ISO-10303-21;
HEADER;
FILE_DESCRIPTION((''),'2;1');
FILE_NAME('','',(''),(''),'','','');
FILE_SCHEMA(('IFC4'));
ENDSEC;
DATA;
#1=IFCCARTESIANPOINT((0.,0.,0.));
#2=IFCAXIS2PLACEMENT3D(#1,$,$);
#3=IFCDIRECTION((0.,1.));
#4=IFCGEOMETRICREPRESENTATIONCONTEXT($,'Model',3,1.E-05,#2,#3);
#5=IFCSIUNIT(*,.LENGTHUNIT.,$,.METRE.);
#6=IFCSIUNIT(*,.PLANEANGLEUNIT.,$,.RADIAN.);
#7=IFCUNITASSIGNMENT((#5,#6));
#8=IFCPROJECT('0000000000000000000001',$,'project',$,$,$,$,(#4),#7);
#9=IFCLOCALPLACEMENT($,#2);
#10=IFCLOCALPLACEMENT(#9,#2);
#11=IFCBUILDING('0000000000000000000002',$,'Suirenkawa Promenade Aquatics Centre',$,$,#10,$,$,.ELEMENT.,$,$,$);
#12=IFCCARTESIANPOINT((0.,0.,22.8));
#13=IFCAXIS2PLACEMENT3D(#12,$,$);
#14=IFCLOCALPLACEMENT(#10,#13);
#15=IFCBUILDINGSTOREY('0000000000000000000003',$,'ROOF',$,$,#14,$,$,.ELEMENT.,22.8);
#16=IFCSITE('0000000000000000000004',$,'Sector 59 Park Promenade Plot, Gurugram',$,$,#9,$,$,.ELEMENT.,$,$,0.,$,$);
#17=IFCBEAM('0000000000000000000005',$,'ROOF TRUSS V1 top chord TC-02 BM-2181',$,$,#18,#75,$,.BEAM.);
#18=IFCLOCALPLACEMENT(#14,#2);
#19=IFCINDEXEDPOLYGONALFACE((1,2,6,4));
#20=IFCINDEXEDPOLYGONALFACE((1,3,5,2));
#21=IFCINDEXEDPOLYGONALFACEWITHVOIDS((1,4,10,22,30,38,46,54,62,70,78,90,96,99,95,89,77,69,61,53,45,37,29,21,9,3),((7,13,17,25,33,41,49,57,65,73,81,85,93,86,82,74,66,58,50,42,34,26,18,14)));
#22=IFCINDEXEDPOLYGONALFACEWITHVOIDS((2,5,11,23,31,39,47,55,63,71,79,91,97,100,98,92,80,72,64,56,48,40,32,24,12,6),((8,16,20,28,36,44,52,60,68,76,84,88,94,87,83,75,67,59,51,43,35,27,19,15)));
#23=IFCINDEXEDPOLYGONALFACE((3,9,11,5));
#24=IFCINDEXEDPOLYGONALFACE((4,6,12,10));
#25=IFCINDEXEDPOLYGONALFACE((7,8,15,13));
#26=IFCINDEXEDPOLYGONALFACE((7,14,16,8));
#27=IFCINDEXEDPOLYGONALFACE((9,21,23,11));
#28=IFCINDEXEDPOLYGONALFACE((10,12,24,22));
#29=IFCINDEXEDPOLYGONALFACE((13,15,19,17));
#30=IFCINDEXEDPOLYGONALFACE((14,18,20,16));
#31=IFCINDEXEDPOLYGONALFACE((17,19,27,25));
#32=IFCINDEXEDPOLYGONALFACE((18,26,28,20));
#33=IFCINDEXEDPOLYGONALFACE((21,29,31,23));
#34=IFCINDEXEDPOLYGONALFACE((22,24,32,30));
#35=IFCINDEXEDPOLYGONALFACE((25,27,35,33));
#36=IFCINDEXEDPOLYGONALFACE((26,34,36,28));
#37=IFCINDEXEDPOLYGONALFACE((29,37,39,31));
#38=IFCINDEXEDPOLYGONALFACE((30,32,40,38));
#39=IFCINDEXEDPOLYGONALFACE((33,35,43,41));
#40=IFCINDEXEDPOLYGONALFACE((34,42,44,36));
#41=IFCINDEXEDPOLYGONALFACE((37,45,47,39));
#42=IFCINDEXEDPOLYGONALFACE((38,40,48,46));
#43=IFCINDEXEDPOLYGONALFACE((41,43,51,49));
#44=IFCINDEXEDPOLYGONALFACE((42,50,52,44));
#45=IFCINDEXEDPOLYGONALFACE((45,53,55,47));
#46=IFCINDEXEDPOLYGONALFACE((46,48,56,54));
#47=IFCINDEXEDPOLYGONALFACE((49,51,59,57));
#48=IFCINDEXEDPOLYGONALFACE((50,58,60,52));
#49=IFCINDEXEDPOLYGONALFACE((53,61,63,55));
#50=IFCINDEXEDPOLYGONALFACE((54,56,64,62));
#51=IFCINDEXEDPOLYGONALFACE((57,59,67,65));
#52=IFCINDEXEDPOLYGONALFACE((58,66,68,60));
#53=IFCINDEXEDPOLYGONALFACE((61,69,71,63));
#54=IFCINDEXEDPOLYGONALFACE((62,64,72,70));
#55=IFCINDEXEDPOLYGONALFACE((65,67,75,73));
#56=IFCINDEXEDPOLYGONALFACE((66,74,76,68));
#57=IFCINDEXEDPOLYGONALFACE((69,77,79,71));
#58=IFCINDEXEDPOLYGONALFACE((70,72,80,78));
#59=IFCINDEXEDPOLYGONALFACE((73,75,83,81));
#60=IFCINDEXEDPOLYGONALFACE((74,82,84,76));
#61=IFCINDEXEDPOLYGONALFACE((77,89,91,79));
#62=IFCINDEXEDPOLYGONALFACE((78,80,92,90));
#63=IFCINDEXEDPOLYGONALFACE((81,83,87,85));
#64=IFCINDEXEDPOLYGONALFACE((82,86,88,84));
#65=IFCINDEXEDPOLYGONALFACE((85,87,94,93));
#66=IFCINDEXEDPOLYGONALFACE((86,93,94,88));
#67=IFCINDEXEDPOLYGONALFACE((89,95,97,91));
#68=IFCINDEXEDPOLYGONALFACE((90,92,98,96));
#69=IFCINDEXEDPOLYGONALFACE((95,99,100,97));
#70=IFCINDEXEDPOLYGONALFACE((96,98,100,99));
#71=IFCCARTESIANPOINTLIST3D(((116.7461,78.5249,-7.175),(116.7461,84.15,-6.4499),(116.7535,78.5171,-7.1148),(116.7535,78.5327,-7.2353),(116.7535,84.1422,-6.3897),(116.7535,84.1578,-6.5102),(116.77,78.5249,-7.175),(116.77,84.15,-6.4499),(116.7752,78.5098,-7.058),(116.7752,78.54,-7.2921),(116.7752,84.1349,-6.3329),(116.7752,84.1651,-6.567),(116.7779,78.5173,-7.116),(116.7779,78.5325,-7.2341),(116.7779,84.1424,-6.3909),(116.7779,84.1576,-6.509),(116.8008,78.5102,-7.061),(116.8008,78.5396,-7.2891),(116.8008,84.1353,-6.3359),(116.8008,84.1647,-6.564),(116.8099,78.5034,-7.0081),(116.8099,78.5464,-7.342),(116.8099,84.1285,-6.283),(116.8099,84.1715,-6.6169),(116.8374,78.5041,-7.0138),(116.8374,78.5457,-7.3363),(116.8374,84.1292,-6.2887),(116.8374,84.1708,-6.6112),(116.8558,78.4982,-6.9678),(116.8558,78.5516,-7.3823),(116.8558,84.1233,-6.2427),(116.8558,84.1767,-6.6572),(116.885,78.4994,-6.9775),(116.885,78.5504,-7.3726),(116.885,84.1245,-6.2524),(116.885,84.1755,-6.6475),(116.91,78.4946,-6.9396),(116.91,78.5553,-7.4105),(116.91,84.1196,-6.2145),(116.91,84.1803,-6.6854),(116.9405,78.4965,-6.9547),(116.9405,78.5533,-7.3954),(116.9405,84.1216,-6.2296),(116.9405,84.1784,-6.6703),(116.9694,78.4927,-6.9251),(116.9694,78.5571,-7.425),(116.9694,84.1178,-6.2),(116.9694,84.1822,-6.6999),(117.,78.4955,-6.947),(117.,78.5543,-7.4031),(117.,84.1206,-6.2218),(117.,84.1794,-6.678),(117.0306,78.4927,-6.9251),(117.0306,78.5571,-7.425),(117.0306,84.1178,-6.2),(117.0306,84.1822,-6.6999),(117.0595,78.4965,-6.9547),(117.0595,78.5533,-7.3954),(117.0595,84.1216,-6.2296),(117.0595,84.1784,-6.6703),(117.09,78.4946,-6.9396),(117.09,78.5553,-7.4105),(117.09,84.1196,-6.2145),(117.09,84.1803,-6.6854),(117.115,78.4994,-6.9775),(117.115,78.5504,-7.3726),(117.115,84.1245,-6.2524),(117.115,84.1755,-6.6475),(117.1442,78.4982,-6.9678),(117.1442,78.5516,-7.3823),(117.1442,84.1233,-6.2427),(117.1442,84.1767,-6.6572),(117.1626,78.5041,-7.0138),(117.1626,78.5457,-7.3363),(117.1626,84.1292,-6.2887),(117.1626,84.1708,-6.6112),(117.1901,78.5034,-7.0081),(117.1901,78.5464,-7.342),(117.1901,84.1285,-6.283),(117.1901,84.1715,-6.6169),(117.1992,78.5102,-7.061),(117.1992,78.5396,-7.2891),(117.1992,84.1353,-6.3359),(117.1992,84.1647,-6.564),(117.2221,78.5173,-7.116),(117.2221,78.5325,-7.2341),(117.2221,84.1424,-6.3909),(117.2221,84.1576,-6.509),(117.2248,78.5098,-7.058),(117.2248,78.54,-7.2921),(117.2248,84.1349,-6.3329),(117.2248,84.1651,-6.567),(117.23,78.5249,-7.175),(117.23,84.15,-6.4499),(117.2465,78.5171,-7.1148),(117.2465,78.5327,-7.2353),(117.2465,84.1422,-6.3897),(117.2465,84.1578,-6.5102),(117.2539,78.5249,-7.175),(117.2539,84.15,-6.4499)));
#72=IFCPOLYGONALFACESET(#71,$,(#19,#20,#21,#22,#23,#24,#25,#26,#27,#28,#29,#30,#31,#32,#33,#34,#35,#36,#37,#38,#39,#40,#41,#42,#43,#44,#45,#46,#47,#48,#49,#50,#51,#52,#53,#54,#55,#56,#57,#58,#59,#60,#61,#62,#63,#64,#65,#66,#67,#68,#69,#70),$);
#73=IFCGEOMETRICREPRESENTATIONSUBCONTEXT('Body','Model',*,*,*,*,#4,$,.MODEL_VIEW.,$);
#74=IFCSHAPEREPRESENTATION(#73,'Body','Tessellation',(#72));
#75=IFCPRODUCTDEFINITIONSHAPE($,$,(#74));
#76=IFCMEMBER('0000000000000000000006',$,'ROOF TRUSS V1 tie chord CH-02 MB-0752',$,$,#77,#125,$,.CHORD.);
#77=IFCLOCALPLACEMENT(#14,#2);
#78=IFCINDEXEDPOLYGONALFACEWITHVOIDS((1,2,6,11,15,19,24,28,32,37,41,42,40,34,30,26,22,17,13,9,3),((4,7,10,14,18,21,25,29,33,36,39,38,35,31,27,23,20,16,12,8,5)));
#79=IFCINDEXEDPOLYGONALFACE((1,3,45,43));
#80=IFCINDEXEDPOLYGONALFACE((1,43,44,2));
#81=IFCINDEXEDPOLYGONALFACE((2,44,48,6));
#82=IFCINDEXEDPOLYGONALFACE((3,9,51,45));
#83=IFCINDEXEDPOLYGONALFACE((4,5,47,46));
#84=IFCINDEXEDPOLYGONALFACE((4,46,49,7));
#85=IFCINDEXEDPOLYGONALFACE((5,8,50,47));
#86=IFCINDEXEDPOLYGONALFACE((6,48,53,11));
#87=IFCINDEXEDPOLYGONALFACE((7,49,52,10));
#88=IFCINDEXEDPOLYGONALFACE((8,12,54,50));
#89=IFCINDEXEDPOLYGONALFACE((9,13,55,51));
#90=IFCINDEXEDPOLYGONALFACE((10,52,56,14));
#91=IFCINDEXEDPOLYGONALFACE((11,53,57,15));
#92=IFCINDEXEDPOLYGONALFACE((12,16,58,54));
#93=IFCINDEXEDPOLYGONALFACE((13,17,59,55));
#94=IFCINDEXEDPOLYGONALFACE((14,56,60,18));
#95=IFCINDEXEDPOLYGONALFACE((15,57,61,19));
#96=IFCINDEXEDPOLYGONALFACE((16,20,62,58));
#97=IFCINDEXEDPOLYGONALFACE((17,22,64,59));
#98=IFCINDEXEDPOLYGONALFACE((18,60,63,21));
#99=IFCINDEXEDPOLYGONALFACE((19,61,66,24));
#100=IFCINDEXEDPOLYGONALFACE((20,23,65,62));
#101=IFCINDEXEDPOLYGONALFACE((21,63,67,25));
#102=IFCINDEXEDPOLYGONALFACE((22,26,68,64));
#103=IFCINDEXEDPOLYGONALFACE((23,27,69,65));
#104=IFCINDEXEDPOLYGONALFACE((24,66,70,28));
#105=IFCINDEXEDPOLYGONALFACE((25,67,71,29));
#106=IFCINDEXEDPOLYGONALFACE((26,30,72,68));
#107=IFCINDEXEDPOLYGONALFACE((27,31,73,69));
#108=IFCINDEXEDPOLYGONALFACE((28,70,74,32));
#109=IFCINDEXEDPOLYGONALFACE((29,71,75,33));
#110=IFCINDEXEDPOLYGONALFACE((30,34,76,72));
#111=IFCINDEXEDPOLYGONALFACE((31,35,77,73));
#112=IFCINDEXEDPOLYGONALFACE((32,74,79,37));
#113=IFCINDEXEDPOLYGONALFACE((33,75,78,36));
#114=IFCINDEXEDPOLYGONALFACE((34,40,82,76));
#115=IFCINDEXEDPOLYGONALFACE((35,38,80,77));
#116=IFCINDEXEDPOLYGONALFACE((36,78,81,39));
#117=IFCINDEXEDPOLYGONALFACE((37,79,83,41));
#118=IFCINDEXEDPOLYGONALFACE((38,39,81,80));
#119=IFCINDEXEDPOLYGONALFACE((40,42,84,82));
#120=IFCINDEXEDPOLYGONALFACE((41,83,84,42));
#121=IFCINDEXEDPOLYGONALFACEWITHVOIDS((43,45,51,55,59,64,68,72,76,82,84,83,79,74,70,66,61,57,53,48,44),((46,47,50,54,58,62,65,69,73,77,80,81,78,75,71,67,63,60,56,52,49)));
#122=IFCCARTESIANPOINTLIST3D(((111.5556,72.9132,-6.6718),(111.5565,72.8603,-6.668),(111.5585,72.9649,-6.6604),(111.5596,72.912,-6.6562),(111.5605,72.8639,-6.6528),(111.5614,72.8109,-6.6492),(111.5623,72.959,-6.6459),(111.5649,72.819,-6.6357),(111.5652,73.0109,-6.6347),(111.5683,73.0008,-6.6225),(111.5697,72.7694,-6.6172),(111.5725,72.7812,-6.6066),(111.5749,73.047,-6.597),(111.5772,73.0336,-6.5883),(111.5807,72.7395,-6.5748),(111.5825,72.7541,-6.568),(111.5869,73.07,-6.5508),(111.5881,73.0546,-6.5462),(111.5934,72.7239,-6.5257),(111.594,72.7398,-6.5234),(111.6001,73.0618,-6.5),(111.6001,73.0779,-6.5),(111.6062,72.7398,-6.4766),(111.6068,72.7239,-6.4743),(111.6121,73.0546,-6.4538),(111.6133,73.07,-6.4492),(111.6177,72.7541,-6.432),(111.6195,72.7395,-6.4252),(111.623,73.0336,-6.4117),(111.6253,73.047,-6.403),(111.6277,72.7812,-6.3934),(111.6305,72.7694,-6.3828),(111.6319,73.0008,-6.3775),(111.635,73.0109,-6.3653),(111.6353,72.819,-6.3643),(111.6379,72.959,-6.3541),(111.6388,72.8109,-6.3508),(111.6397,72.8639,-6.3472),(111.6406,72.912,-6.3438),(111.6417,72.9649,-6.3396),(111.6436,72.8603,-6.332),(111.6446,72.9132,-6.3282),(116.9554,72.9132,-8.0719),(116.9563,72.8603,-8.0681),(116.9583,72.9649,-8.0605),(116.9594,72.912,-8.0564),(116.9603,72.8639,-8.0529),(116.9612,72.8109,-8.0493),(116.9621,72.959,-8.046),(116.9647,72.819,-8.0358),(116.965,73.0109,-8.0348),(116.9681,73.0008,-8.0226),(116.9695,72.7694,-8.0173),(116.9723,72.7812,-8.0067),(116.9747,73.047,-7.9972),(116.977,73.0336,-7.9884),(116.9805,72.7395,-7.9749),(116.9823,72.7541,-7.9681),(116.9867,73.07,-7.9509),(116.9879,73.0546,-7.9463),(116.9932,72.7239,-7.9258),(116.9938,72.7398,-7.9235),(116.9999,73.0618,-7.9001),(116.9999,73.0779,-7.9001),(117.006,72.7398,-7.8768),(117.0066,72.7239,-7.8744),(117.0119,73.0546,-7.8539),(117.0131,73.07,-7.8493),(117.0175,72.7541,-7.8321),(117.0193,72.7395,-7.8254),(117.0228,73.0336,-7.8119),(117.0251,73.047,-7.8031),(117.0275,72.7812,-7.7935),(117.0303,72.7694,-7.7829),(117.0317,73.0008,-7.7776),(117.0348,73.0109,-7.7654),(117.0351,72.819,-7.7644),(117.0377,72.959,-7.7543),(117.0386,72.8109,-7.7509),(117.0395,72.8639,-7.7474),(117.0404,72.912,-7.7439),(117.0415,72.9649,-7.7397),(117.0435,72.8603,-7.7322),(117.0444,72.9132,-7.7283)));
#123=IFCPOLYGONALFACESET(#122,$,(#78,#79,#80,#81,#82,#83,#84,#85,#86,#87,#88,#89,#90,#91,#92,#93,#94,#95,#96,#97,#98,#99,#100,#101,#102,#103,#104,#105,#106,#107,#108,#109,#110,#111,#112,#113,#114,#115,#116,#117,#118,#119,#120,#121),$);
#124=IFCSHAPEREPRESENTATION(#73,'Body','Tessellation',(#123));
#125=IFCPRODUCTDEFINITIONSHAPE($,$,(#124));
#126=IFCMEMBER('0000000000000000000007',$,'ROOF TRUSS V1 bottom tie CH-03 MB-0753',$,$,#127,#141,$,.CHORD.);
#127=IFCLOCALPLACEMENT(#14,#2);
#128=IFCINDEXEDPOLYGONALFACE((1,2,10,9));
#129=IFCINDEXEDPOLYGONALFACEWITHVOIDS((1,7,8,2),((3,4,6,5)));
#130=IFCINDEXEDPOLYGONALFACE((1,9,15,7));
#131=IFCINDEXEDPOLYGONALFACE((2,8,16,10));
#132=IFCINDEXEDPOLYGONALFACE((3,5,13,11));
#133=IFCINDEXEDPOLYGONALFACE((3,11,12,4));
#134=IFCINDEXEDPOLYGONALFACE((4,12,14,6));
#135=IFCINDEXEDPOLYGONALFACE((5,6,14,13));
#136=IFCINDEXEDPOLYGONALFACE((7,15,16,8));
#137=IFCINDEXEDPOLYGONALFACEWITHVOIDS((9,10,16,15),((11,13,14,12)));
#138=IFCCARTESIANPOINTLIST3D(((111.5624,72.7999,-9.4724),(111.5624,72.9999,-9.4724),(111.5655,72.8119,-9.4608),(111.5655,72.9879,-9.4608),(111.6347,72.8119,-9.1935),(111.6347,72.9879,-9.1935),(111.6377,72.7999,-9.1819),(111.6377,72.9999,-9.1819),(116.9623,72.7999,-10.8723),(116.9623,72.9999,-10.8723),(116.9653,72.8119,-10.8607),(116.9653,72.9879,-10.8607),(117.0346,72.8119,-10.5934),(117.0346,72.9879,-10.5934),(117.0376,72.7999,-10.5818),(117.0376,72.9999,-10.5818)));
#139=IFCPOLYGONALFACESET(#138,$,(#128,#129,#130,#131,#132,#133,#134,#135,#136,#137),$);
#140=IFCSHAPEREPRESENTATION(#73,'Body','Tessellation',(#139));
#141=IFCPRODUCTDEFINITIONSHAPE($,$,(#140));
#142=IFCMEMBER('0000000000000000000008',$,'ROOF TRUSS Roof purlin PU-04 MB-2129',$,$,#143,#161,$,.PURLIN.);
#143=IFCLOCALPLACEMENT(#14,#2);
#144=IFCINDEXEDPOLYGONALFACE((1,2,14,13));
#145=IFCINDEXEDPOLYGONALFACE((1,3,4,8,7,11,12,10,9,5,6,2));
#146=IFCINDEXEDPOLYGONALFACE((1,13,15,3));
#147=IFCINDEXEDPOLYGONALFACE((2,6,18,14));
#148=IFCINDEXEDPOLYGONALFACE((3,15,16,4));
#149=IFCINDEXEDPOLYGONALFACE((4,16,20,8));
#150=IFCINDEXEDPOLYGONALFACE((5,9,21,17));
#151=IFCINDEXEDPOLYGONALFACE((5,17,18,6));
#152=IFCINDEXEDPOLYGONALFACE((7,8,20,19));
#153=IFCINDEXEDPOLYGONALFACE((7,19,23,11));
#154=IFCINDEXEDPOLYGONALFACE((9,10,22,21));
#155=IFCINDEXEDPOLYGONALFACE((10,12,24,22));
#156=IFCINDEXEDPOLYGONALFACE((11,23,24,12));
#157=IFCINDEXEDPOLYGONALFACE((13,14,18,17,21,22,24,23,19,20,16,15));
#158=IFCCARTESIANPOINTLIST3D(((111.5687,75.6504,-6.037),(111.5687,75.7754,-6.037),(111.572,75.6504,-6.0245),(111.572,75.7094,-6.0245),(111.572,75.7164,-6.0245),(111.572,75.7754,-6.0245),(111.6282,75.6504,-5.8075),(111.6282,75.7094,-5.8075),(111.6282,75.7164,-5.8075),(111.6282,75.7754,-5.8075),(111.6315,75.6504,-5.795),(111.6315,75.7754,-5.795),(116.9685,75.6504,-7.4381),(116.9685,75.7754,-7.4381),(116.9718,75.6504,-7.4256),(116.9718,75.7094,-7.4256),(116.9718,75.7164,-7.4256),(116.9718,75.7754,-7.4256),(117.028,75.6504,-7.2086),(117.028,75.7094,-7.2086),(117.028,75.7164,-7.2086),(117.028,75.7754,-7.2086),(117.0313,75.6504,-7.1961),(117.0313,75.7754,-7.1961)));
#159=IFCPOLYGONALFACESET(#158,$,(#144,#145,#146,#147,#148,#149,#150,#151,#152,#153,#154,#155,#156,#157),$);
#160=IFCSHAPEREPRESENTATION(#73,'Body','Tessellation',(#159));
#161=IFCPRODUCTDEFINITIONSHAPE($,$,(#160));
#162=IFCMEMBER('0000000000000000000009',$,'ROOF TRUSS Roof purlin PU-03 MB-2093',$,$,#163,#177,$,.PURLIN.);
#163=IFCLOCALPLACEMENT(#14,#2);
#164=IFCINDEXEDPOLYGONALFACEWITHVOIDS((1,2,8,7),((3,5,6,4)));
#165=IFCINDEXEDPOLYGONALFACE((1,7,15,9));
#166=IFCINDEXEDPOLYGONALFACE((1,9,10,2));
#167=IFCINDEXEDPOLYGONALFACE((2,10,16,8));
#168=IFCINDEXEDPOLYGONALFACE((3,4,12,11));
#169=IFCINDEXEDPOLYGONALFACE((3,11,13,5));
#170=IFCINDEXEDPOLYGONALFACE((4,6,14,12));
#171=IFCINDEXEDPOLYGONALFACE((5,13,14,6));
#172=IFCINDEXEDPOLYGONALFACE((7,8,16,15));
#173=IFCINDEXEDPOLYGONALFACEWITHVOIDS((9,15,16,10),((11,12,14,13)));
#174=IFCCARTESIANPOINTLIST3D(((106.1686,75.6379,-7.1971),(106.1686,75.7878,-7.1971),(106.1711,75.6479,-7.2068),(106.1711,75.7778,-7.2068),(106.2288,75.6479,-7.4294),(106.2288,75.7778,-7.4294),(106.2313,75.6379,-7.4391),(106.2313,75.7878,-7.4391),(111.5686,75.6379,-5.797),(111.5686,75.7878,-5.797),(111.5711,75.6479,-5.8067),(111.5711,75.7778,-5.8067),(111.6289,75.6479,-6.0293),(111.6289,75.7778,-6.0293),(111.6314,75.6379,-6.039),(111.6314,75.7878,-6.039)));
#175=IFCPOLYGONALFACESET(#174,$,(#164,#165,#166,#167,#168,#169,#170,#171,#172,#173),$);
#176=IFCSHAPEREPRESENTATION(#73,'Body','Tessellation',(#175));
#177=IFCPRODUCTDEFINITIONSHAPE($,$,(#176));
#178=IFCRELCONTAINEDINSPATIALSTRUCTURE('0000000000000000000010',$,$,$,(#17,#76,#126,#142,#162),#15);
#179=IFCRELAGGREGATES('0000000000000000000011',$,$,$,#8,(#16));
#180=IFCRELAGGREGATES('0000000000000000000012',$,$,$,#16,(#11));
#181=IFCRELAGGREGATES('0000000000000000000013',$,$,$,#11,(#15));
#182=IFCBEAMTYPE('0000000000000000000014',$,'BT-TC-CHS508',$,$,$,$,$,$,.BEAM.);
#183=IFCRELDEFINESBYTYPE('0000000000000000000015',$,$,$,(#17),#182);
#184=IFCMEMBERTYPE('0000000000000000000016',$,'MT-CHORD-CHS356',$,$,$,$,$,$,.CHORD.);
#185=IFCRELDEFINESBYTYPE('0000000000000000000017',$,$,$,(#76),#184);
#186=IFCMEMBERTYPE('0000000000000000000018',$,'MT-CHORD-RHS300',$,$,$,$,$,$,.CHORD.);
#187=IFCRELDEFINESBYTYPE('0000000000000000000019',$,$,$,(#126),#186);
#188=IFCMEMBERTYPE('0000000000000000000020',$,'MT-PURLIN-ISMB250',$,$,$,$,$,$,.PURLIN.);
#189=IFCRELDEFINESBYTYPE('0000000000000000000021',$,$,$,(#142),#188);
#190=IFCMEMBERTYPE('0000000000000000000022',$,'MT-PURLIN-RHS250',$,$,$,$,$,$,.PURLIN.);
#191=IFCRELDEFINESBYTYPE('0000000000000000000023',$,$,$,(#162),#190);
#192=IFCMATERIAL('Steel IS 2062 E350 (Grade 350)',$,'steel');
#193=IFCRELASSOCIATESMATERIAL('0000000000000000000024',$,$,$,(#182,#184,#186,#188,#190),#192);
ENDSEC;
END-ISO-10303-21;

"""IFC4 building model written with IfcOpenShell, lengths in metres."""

from ifc_helpers import new_model, si_unit, direction, frame, origin, origin_2d, place, context, subcontext, project, spatial, hollow_rectangle, hollow_circle, i_section, extrude, material, material_profile, profile_set, type_object, element, save


model = new_model("IFC4")

# Units and contexts
model_context = context("Model", 3, precision=1e-05, world=origin(), true_north=direction((0.0, 1.0)))
body_context = subcontext(model_context, "Body", "Model", "MODEL_VIEW")
ifc_project = project(units=[si_unit("LENGTHUNIT", "METRE"), si_unit("PLANEANGLEUNIT", "RADIAN")], contexts=[model_context])

# Site, building, storey
site_placement = place(None, origin())
site = spatial("IfcSite", under=ifc_project, at=site_placement, Name="Sector 59 Park Promenade Plot, Gurugram", CompositionType="ELEMENT", RefElevation=0.0)
building_placement = place(site_placement, origin())
building = spatial("IfcBuilding", under=site, at=building_placement, Name="Suirenkawa Promenade Aquatics Centre", CompositionType="ELEMENT")
storey_placement = place(building_placement, frame((0.0, 0.0, 22.8)))
storey = spatial("IfcBuildingStorey", under=building, at=storey_placement, Name="ROOF", CompositionType="ELEMENT", Elevation=22.8)

# Beam
ifc_material = material(Name="Steel IS 2062 E350 (Grade 350)", Category="steel")
ifc_material_profile_1 = material_profile(ifc_material, hollow_circle(Radius=0.2539, WallThickness=0.0239, at=origin_2d()), Name="CHS 508x24", Category="steel")
ifc_profile_set_1 = profile_set([ifc_material_profile_1], Name="Steel IS 2062 E350 (Grade 350)")
beam_type_1 = type_object("IfcBeamType", Name="BT-TC-CHS508", PredefinedType="BEAM", material=ifc_profile_set_1)
for number, where, z_axis, x_axis, name in (
    (1, (117.0, 78.5249, -7.175), (0.0, 0.991794, 0.127848), (-1.0, 0.0, 0.0), "ROOF TRUSS V1 top chord TC-02 BM-2181"),
):
    element("IfcBeam", number, at=place(storey_placement, frame(where, z_axis=z_axis, x_axis=x_axis)), inside=storey, type_object=beam_type_1, Name=name, PredefinedType="BEAM", context=body_context, shape_type="SweptSolid", body=[
        extrude(hollow_circle(Radius=0.2539, WallThickness=0.0239, at=origin_2d()), origin(), (0.0, 0.0, 1.0), 5.6716),
    ])

# Members
ifc_material_profile_2 = material_profile(ifc_material, hollow_circle(Radius=0.178, WallThickness=0.0161, at=origin_2d()), Name="CHS 356x16", Category="steel")
ifc_profile_set_2 = profile_set([ifc_material_profile_2], Name="Steel IS 2062 E350 (Grade 350)")
member_type_1 = type_object("IfcMemberType", Name="MT-CHORD-CHS356", PredefinedType="CHORD", material=ifc_profile_set_2)
member_1_placement = place(storey_placement, frame((111.6001, 72.8999, -6.5), z_axis=(0.967989, 0.0, -0.250991), x_axis=(0.0, 1.0, 0.0)))
element("IfcMember", 2, at=member_1_placement, inside=storey, type_object=member_type_1, Name="ROOF TRUSS V1 tie chord CH-02 MB-0752", PredefinedType="CHORD", context=body_context, shape_type="SweptSolid", body=[
    extrude(hollow_circle(Radius=0.178, WallThickness=0.0161, at=origin_2d()), origin(), (0.0, 0.0, 1.0), 5.5784),
])
ifc_material_profile_3 = material_profile(ifc_material, hollow_rectangle(XDim=0.2, YDim=0.3, WallThickness=0.012, at=origin_2d()), Name="RHS 300x200x12", Category="steel")
ifc_profile_set_3 = profile_set([ifc_material_profile_3], Name="Steel IS 2062 E350 (Grade 350)")
member_type_2 = type_object("IfcMemberType", Name="MT-CHORD-RHS300", PredefinedType="CHORD", material=ifc_profile_set_3)
member_2_placement = place(storey_placement, frame((111.6001, 72.8999, -9.3271), z_axis=(0.968, 0.0, -0.25095), x_axis=(0.0, 1.0, 0.0)))
element("IfcMember", 3, at=member_2_placement, inside=storey, type_object=member_type_2, Name="ROOF TRUSS V1 bottom tie CH-03 MB-0753", PredefinedType="CHORD", context=body_context, shape_type="SweptSolid", body=[
    extrude(hollow_rectangle(XDim=0.2, YDim=0.3, WallThickness=0.012, at=origin_2d()), origin(), (0.0, 0.0, 1.0), 5.5784),
])
ifc_material_profile_4 = material_profile(ifc_material, i_section(OverallWidth=0.125, OverallDepth=0.25, WebThickness=0.0071, FlangeThickness=0.0129, at=origin_2d()), Name="ISMB 250", Category="steel")
ifc_profile_set_4 = profile_set([ifc_material_profile_4], Name="Steel IS 2062 E350 (Grade 350)")
member_type_3 = type_object("IfcMemberType", Name="MT-PURLIN-ISMB250", PredefinedType="PURLIN", material=ifc_profile_set_4)
member_3_placement = place(storey_placement, frame((111.6001, 75.7129, -5.916), z_axis=(0.967947, 0.0, -0.251155), x_axis=(0.0, 1.0, 0.0)))
element("IfcMember", 4, at=member_3_placement, inside=storey, type_object=member_type_3, Name="ROOF TRUSS Roof purlin PU-04 MB-2129", PredefinedType="PURLIN", context=body_context, shape_type="SweptSolid", body=[
    extrude(i_section(OverallWidth=0.125, OverallDepth=0.25, WebThickness=0.0071, FlangeThickness=0.0129, at=origin_2d()), origin(), (0.0, 0.0, 1.0), 5.5786),
])
ifc_material_profile_5 = material_profile(ifc_material, hollow_rectangle(XDim=0.1499, YDim=0.25, WallThickness=0.01, at=origin_2d()), Name="RHS 250x150x10", Category="steel")
ifc_profile_set_5 = profile_set([ifc_material_profile_5], Name="Steel IS 2062 E350 (Grade 350)")
member_type_4 = type_object("IfcMemberType", Name="MT-PURLIN-RHS250", PredefinedType="PURLIN", material=ifc_profile_set_5)
member_4_placement = place(storey_placement, frame((106.2, 75.7129, -7.3181), z_axis=(0.967992, 0.0, 0.25098), x_axis=(0.0, 1.0, 0.0)))
element("IfcMember", 5, at=member_4_placement, inside=storey, type_object=member_type_4, Name="ROOF TRUSS Roof purlin PU-03 MB-2093", PredefinedType="PURLIN", context=body_context, shape_type="SweptSolid", body=[
    extrude(hollow_rectangle(XDim=0.1499, YDim=0.25, WallThickness=0.01, at=origin_2d()), origin(), (0.0, 0.0, 1.0), 5.5786),
])

save(model, "model.ifc")
